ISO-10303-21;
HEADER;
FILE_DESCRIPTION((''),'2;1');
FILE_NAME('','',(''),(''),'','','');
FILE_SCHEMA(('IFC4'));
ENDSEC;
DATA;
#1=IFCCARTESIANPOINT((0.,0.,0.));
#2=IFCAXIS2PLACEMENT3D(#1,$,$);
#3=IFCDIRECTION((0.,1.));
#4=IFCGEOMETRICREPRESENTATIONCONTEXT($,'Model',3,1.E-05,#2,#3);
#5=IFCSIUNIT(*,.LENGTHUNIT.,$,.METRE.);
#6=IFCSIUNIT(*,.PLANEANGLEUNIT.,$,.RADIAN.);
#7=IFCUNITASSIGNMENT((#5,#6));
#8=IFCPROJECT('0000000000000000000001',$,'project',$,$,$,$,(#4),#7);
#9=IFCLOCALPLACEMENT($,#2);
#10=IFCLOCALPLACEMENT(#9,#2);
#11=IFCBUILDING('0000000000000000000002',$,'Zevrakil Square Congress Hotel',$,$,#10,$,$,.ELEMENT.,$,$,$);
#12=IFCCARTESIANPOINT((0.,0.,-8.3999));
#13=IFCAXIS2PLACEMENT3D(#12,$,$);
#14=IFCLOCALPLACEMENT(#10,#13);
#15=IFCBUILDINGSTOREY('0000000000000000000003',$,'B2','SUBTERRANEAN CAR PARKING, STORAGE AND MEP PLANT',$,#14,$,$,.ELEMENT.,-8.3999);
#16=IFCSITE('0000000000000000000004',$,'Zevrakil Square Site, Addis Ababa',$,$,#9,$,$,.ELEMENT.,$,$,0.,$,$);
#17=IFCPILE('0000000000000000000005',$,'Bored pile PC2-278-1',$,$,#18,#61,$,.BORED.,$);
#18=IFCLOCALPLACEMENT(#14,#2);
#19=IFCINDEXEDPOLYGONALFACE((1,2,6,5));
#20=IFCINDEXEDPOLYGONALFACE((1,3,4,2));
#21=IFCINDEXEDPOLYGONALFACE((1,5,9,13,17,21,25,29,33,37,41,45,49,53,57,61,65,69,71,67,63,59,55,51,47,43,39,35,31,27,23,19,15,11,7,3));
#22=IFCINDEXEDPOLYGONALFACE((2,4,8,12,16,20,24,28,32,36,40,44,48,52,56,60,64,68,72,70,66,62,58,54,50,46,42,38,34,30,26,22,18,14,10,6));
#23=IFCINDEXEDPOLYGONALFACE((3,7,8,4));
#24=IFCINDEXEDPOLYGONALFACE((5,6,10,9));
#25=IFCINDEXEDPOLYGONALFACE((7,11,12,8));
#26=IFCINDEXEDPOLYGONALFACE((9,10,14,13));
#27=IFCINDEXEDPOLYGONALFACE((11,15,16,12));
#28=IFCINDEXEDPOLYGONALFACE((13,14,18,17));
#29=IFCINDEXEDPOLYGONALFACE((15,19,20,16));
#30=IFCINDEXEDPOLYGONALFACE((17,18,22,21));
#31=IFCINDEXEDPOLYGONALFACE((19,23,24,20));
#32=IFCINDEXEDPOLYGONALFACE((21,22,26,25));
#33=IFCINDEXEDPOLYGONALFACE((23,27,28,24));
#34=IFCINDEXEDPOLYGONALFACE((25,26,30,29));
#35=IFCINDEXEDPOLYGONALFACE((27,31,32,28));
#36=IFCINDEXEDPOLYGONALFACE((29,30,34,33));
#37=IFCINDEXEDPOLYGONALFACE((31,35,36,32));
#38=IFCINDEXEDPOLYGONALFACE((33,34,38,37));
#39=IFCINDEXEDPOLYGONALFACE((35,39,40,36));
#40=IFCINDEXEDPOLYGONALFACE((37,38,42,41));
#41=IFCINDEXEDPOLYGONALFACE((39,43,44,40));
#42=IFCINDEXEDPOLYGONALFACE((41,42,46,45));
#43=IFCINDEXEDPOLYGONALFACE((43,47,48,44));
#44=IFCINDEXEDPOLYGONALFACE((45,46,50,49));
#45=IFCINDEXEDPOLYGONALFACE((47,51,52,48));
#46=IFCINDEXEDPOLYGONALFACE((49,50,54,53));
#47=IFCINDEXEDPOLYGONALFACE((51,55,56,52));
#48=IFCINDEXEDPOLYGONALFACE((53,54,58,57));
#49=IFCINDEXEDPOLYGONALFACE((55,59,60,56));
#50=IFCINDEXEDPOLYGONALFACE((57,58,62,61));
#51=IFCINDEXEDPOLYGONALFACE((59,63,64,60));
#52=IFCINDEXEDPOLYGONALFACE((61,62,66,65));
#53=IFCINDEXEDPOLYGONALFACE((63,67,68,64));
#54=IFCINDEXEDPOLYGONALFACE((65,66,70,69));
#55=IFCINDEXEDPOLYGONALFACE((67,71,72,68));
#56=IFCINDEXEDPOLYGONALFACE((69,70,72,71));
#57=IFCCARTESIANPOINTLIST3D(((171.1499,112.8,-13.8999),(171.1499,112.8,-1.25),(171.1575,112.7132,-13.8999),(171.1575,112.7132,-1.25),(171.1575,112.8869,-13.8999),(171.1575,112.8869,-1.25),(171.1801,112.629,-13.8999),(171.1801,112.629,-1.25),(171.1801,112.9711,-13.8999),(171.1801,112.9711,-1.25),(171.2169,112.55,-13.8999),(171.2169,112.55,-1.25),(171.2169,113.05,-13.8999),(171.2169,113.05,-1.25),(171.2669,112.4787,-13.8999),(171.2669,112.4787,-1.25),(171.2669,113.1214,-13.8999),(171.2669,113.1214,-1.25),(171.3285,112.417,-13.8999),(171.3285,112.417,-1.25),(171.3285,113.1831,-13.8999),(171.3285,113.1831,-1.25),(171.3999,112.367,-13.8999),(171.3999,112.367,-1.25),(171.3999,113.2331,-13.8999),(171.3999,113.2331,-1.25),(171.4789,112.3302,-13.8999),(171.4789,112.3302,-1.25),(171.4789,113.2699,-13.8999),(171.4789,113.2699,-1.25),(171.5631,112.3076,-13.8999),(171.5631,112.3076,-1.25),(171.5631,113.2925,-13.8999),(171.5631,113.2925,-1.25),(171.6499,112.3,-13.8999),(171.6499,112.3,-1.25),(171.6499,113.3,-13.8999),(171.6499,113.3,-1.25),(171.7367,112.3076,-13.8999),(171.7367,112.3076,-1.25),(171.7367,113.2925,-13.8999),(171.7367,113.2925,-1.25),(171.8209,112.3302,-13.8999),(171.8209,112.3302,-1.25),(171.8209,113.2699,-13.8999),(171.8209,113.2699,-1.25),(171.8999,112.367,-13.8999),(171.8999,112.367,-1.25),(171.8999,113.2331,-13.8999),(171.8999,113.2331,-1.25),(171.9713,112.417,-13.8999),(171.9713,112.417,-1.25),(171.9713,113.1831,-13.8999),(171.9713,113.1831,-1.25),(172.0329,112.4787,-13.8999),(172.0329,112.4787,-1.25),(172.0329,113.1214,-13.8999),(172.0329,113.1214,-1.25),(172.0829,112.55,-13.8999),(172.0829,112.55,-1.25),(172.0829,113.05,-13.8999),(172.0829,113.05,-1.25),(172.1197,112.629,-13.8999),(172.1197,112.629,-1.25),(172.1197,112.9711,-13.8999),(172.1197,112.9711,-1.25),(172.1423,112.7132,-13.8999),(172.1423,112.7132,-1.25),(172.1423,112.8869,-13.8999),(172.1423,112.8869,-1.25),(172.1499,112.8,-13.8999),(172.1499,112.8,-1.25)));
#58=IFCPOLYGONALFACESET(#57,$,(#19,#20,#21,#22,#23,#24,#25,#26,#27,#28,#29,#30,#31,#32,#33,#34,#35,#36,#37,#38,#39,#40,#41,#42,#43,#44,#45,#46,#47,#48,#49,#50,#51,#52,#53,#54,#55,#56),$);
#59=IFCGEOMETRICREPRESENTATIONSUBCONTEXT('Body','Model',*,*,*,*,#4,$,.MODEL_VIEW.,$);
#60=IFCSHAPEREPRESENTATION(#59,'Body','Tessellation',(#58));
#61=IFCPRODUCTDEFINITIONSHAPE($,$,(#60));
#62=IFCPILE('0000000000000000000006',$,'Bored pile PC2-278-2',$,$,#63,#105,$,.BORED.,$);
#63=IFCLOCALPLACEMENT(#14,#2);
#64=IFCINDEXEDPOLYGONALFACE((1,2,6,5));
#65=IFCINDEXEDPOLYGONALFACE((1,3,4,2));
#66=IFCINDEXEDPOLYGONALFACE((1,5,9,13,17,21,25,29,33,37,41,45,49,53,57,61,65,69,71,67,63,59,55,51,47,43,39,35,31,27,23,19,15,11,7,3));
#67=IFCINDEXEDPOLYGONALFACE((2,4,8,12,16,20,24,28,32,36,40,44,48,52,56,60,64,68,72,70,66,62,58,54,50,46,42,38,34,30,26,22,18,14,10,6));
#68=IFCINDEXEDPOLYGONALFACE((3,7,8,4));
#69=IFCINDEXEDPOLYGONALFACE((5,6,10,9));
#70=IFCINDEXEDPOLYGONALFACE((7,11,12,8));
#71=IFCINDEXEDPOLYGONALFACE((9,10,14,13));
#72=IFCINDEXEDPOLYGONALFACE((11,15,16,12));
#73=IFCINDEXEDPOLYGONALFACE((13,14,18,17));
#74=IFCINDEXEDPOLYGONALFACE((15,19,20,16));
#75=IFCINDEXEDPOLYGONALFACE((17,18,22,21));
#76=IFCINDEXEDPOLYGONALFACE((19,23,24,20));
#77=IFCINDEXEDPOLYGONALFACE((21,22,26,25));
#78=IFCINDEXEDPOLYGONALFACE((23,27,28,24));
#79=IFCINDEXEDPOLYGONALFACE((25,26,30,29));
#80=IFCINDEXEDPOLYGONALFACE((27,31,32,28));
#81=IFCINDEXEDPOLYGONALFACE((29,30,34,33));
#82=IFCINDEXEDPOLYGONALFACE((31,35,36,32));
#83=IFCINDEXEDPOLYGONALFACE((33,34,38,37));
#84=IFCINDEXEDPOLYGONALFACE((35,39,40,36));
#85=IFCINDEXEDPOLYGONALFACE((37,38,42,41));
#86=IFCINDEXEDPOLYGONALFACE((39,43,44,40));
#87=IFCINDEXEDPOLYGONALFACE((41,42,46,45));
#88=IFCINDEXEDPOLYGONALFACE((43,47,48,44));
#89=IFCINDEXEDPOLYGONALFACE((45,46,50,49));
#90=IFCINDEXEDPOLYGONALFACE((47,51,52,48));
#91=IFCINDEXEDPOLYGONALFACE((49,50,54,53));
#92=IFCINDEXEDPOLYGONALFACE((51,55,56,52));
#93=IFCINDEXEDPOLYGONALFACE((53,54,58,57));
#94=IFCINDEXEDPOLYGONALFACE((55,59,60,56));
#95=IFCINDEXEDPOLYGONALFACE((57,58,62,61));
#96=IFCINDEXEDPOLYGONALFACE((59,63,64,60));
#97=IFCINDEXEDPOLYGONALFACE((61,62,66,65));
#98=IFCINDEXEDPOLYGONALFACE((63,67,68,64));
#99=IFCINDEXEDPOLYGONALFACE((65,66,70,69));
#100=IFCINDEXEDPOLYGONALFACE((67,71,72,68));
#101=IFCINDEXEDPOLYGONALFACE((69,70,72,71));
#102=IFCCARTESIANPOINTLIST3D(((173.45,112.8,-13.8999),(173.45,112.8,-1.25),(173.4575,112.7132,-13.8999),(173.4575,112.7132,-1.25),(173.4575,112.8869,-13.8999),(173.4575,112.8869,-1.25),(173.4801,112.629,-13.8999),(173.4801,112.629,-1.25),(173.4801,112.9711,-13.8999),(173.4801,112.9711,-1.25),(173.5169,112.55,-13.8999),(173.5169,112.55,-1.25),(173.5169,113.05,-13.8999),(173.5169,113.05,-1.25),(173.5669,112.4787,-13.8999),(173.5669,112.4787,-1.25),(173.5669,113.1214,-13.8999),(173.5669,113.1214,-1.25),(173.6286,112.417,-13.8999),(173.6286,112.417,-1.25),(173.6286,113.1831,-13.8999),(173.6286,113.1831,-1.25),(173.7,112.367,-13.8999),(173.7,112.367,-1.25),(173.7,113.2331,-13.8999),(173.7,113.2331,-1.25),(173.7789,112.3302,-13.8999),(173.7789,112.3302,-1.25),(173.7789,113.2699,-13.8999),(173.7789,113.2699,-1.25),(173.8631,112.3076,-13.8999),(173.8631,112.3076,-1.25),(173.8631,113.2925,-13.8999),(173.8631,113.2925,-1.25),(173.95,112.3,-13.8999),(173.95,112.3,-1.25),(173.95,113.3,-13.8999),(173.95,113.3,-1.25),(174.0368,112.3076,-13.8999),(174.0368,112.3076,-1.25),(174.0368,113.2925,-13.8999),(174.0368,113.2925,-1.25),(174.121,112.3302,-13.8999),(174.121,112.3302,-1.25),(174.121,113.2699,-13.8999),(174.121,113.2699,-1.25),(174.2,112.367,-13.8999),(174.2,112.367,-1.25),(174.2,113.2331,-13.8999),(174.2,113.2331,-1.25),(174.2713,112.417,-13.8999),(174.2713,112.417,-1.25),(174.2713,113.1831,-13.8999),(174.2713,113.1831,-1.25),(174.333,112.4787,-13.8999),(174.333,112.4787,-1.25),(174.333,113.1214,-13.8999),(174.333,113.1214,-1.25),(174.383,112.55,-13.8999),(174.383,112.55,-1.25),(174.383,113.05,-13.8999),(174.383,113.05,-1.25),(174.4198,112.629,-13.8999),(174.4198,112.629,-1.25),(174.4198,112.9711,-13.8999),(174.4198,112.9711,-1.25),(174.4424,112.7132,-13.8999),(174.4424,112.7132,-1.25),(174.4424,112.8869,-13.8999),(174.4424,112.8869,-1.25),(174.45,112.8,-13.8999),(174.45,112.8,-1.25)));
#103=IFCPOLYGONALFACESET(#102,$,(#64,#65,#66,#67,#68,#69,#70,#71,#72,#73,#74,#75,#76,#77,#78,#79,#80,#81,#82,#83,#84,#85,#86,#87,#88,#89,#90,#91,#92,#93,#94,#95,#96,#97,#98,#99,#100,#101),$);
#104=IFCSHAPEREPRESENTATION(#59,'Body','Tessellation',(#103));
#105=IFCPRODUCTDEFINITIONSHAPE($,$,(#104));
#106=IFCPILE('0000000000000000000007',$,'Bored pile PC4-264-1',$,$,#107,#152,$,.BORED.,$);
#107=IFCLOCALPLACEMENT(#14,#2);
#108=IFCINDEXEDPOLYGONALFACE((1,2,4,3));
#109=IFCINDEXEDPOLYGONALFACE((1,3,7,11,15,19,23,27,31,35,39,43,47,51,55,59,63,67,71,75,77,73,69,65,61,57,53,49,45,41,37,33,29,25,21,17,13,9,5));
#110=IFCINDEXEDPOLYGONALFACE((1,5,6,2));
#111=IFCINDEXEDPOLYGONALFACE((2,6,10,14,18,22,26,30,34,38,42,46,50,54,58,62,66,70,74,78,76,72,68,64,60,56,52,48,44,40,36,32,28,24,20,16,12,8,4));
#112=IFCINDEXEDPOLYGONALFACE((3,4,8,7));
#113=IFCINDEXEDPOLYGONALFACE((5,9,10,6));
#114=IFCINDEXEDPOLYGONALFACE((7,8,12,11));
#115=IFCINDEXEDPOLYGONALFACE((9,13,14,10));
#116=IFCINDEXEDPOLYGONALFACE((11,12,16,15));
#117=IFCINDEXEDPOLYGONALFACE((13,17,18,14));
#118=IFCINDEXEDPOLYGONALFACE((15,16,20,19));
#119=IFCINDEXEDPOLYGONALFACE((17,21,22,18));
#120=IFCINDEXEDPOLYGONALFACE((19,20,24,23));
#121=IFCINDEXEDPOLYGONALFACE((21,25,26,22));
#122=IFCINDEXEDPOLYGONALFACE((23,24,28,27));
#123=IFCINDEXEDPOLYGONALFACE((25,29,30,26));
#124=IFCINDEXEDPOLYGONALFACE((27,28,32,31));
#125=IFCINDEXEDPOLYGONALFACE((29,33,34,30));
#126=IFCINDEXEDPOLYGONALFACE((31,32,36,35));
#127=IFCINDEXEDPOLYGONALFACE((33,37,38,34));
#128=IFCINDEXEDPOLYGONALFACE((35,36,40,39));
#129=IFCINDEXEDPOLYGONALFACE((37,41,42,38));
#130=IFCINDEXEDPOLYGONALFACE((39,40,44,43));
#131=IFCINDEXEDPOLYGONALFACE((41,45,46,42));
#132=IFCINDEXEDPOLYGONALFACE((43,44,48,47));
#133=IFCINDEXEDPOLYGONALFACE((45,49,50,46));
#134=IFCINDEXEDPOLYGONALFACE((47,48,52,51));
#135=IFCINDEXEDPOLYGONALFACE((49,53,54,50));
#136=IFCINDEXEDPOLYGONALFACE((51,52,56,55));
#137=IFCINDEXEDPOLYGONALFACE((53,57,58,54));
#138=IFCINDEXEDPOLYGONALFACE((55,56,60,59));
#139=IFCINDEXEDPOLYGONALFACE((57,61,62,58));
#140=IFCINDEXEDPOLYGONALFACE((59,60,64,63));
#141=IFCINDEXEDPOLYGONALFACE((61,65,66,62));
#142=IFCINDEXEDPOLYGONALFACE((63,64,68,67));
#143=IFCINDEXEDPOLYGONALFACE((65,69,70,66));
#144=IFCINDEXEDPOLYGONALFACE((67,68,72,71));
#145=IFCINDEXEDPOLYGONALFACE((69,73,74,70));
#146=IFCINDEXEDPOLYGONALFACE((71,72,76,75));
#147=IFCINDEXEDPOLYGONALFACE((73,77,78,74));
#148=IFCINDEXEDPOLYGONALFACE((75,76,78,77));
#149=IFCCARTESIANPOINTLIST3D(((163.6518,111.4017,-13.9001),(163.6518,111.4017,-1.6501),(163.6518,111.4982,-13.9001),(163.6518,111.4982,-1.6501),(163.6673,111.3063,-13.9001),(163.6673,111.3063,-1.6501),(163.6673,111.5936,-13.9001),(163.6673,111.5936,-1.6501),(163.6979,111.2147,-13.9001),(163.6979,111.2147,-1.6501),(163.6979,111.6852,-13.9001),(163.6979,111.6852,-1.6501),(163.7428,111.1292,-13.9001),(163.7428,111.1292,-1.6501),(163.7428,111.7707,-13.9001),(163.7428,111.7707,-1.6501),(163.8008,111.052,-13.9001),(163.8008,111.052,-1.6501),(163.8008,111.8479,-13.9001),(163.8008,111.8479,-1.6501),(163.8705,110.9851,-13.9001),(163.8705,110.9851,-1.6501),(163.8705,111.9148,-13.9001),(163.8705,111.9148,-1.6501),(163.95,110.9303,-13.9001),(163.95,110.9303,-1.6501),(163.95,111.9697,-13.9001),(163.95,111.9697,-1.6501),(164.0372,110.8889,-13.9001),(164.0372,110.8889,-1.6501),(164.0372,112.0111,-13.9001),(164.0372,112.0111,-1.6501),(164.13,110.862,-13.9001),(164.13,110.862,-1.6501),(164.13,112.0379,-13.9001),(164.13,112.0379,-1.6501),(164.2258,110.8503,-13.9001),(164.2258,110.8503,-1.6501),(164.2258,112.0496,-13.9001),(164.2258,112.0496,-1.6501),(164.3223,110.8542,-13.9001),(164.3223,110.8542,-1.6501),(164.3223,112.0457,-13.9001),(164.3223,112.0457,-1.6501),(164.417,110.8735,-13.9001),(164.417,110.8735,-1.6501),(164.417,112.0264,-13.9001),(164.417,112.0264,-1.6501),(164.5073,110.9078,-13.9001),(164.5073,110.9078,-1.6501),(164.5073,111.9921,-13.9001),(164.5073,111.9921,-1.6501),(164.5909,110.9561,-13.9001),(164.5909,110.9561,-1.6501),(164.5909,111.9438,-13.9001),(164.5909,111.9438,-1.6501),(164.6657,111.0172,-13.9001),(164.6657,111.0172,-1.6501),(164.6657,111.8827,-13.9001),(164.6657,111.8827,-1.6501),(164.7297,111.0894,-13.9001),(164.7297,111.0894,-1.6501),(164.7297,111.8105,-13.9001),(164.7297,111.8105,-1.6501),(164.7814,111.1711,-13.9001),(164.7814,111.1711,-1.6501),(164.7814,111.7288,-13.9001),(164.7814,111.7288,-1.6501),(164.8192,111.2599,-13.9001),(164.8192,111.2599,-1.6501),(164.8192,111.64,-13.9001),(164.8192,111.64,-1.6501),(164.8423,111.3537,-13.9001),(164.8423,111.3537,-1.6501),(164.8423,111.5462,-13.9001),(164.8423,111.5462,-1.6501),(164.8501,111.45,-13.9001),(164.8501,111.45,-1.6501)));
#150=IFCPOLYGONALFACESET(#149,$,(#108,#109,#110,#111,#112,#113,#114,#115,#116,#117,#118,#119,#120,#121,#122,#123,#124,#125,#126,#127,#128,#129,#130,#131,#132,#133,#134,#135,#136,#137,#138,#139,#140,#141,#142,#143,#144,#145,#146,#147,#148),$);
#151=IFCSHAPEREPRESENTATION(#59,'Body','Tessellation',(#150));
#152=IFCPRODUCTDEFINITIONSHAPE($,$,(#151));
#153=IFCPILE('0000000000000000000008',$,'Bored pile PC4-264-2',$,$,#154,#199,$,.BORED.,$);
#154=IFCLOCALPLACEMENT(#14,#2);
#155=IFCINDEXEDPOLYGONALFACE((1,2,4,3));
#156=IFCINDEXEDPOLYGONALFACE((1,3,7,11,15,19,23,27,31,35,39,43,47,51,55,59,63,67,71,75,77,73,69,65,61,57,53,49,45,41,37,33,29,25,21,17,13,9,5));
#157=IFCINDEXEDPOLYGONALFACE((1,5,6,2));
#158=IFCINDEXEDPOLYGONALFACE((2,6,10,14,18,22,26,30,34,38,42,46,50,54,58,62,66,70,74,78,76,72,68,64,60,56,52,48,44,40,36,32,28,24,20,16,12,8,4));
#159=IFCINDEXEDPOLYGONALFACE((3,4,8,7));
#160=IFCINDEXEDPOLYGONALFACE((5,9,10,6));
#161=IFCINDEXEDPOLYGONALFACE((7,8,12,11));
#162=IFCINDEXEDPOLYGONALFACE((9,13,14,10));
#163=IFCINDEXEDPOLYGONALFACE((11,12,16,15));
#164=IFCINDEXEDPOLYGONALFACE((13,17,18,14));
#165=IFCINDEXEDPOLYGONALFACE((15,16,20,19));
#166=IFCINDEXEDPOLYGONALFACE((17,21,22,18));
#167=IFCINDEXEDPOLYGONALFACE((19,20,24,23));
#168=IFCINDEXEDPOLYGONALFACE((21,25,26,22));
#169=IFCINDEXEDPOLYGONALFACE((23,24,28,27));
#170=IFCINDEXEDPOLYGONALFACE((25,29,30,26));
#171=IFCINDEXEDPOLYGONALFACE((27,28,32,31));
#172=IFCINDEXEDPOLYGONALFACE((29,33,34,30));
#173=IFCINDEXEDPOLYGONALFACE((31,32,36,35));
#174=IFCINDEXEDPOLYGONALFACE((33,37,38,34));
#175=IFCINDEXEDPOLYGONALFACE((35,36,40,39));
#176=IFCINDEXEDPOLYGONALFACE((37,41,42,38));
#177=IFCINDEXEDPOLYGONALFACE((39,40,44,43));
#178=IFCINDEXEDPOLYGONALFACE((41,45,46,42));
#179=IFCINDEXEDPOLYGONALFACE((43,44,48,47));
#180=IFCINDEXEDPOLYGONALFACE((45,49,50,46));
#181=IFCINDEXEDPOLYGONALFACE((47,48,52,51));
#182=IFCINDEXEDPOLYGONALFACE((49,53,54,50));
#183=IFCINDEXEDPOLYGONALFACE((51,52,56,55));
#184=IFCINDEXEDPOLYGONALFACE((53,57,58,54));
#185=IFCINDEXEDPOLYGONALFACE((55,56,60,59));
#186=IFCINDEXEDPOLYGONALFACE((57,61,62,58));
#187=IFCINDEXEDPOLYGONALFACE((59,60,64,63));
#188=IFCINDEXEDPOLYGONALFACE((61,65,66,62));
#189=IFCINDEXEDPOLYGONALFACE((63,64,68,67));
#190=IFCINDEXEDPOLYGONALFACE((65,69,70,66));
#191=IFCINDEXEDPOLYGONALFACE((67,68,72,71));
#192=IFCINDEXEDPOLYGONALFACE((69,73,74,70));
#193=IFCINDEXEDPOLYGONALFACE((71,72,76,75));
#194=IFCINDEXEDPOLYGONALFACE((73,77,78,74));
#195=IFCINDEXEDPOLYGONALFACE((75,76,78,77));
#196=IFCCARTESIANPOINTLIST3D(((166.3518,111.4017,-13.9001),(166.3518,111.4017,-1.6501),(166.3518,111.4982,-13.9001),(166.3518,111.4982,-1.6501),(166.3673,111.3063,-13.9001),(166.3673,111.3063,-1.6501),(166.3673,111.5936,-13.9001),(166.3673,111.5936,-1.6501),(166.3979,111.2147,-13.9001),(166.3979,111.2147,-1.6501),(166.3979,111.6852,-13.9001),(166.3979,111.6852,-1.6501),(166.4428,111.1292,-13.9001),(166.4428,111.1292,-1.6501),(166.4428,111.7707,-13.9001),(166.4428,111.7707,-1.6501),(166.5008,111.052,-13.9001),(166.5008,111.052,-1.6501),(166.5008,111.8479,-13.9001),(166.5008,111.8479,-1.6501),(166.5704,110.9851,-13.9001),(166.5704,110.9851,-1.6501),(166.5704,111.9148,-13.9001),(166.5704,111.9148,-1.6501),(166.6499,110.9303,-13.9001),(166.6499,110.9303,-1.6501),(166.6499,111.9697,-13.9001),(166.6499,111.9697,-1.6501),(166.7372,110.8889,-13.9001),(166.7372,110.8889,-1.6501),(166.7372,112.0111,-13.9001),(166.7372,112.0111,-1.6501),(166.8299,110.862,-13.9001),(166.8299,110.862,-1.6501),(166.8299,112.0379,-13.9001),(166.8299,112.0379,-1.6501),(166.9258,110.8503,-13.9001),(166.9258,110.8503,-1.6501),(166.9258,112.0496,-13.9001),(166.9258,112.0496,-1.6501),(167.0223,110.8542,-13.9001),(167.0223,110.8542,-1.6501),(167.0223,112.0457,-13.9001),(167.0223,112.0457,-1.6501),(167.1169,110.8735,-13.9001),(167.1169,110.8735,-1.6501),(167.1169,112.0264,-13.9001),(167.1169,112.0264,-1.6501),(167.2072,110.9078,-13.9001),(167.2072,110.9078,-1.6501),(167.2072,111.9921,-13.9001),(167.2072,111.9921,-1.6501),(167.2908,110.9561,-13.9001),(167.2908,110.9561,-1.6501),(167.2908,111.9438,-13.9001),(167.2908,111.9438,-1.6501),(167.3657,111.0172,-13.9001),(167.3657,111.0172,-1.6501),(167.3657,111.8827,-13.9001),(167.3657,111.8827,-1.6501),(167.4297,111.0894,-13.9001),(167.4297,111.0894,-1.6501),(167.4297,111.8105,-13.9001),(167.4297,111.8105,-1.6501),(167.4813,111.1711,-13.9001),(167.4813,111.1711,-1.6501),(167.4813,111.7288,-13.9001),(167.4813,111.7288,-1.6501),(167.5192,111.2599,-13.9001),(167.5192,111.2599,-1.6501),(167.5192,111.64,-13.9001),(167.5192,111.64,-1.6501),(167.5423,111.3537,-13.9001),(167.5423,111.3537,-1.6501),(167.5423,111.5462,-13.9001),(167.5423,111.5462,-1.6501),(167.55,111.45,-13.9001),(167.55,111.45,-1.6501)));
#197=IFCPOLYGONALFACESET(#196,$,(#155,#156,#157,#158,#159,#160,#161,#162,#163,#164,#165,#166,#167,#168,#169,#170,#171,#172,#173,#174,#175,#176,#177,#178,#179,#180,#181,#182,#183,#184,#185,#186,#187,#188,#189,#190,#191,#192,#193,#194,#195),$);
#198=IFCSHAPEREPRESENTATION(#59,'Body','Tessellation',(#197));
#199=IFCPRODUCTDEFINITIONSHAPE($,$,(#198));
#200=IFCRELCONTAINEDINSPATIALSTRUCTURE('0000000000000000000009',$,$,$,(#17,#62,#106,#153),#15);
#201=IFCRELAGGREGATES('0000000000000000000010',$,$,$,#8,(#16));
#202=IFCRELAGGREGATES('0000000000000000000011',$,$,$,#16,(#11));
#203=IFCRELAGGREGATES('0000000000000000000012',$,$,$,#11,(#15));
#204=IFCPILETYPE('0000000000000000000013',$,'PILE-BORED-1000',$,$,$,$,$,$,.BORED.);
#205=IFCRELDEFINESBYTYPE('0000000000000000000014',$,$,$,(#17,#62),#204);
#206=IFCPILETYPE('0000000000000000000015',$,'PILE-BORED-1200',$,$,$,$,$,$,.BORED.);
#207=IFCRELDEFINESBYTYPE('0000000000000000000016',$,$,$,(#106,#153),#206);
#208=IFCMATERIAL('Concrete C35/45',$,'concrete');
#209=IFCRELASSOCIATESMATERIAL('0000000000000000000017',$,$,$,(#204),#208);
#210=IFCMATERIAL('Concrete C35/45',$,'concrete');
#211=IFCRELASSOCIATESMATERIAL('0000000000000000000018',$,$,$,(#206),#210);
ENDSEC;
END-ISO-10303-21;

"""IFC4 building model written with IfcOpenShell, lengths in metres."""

from ifc_helpers import new_model, si_unit, direction, frame, origin, origin_2d, place, context, subcontext, project, spatial, circle, extrude, material, material_profile, profile_set, type_object, element, save


model = new_model("IFC4")

# Units and contexts
model_context = context("Model", 3, precision=1e-05, world=origin(), true_north=direction((0.0, 1.0)))
body_context = subcontext(model_context, "Body", "Model", "MODEL_VIEW")
ifc_project = project(units=[si_unit("LENGTHUNIT", "METRE"), si_unit("PLANEANGLEUNIT", "RADIAN")], contexts=[model_context])

# Site, building, storey
site_placement = place(None, origin())
site = spatial("IfcSite", under=ifc_project, at=site_placement, Name="Zevrakil Square Site, Addis Ababa", CompositionType="ELEMENT", RefElevation=0.0)
building_placement = place(site_placement, origin())
building = spatial("IfcBuilding", under=site, at=building_placement, Name="Zevrakil Square Congress Hotel", CompositionType="ELEMENT")
storey_placement = place(building_placement, frame((0.0, 0.0, -8.3999)))
storey = spatial("IfcBuildingStorey", under=building, at=storey_placement, Name="B2", Description="SUBTERRANEAN CAR PARKING, STORAGE AND MEP PLANT", CompositionType="ELEMENT", Elevation=-8.3999)

# Piles
ifc_material_1 = material(Name="Concrete C35/45", Category="concrete")
ifc_material_profile_1 = material_profile(ifc_material_1, circle(Radius=0.5, at=origin_2d()), Name="PILE D1000")
ifc_profile_set_1 = profile_set([ifc_material_profile_1], Name="Concrete C35/45")
pile_type_1 = type_object("IfcPileType", Name="PILE-BORED-1000", PredefinedType="BORED", material=ifc_profile_set_1)
for number, where, z_axis, x_axis, name in (
    (1, (171.6499, 112.8, -1.25), (0.0, 0.0, -1.0), (1.0, 0.0, 0.0), "Bored pile PC2-278-1"),
    (2, (173.95, 112.8, -1.25), (0.0, 0.0, -1.0), (1.0, 0.0, 0.0), "Bored pile PC2-278-2"),
):
    element("IfcPile", number, at=place(storey_placement, frame(where, z_axis=z_axis, x_axis=x_axis)), inside=storey, type_object=pile_type_1, Name=name, PredefinedType="BORED", context=body_context, shape_type="SweptSolid", body=[
        extrude(circle(Radius=0.5, at=origin_2d()), origin(), (0.0, 0.0, 1.0), 12.6499),
    ])
ifc_material_2 = material(Name="Concrete C35/45", Category="concrete")
ifc_material_profile_2 = material_profile(ifc_material_2, circle(Radius=0.6001, at=origin_2d()), Name="PILE D1200")
ifc_profile_set_2 = profile_set([ifc_material_profile_2], Name="Concrete C35/45")
pile_type_2 = type_object("IfcPileType", Name="PILE-BORED-1200", PredefinedType="BORED", material=ifc_profile_set_2)
for number, where, z_axis, x_axis, name in (
    (3, (164.25, 111.45, -1.6501), (0.0, 0.0, -1.0), (1.0, 0.0, 0.0), "Bored pile PC4-264-1"),
    (4, (166.95, 111.45, -1.6501), (0.0, 0.0, -1.0), (1.0, 0.0, 0.0), "Bored pile PC4-264-2"),
):
    element("IfcPile", number, at=place(storey_placement, frame(where, z_axis=z_axis, x_axis=x_axis)), inside=storey, type_object=pile_type_2, Name=name, PredefinedType="BORED", context=body_context, shape_type="SweptSolid", body=[
        extrude(circle(Radius=0.6001, at=origin_2d()), origin(), (0.0, 0.0, 1.0), 12.25),
    ])

save(model, "model.ifc")
